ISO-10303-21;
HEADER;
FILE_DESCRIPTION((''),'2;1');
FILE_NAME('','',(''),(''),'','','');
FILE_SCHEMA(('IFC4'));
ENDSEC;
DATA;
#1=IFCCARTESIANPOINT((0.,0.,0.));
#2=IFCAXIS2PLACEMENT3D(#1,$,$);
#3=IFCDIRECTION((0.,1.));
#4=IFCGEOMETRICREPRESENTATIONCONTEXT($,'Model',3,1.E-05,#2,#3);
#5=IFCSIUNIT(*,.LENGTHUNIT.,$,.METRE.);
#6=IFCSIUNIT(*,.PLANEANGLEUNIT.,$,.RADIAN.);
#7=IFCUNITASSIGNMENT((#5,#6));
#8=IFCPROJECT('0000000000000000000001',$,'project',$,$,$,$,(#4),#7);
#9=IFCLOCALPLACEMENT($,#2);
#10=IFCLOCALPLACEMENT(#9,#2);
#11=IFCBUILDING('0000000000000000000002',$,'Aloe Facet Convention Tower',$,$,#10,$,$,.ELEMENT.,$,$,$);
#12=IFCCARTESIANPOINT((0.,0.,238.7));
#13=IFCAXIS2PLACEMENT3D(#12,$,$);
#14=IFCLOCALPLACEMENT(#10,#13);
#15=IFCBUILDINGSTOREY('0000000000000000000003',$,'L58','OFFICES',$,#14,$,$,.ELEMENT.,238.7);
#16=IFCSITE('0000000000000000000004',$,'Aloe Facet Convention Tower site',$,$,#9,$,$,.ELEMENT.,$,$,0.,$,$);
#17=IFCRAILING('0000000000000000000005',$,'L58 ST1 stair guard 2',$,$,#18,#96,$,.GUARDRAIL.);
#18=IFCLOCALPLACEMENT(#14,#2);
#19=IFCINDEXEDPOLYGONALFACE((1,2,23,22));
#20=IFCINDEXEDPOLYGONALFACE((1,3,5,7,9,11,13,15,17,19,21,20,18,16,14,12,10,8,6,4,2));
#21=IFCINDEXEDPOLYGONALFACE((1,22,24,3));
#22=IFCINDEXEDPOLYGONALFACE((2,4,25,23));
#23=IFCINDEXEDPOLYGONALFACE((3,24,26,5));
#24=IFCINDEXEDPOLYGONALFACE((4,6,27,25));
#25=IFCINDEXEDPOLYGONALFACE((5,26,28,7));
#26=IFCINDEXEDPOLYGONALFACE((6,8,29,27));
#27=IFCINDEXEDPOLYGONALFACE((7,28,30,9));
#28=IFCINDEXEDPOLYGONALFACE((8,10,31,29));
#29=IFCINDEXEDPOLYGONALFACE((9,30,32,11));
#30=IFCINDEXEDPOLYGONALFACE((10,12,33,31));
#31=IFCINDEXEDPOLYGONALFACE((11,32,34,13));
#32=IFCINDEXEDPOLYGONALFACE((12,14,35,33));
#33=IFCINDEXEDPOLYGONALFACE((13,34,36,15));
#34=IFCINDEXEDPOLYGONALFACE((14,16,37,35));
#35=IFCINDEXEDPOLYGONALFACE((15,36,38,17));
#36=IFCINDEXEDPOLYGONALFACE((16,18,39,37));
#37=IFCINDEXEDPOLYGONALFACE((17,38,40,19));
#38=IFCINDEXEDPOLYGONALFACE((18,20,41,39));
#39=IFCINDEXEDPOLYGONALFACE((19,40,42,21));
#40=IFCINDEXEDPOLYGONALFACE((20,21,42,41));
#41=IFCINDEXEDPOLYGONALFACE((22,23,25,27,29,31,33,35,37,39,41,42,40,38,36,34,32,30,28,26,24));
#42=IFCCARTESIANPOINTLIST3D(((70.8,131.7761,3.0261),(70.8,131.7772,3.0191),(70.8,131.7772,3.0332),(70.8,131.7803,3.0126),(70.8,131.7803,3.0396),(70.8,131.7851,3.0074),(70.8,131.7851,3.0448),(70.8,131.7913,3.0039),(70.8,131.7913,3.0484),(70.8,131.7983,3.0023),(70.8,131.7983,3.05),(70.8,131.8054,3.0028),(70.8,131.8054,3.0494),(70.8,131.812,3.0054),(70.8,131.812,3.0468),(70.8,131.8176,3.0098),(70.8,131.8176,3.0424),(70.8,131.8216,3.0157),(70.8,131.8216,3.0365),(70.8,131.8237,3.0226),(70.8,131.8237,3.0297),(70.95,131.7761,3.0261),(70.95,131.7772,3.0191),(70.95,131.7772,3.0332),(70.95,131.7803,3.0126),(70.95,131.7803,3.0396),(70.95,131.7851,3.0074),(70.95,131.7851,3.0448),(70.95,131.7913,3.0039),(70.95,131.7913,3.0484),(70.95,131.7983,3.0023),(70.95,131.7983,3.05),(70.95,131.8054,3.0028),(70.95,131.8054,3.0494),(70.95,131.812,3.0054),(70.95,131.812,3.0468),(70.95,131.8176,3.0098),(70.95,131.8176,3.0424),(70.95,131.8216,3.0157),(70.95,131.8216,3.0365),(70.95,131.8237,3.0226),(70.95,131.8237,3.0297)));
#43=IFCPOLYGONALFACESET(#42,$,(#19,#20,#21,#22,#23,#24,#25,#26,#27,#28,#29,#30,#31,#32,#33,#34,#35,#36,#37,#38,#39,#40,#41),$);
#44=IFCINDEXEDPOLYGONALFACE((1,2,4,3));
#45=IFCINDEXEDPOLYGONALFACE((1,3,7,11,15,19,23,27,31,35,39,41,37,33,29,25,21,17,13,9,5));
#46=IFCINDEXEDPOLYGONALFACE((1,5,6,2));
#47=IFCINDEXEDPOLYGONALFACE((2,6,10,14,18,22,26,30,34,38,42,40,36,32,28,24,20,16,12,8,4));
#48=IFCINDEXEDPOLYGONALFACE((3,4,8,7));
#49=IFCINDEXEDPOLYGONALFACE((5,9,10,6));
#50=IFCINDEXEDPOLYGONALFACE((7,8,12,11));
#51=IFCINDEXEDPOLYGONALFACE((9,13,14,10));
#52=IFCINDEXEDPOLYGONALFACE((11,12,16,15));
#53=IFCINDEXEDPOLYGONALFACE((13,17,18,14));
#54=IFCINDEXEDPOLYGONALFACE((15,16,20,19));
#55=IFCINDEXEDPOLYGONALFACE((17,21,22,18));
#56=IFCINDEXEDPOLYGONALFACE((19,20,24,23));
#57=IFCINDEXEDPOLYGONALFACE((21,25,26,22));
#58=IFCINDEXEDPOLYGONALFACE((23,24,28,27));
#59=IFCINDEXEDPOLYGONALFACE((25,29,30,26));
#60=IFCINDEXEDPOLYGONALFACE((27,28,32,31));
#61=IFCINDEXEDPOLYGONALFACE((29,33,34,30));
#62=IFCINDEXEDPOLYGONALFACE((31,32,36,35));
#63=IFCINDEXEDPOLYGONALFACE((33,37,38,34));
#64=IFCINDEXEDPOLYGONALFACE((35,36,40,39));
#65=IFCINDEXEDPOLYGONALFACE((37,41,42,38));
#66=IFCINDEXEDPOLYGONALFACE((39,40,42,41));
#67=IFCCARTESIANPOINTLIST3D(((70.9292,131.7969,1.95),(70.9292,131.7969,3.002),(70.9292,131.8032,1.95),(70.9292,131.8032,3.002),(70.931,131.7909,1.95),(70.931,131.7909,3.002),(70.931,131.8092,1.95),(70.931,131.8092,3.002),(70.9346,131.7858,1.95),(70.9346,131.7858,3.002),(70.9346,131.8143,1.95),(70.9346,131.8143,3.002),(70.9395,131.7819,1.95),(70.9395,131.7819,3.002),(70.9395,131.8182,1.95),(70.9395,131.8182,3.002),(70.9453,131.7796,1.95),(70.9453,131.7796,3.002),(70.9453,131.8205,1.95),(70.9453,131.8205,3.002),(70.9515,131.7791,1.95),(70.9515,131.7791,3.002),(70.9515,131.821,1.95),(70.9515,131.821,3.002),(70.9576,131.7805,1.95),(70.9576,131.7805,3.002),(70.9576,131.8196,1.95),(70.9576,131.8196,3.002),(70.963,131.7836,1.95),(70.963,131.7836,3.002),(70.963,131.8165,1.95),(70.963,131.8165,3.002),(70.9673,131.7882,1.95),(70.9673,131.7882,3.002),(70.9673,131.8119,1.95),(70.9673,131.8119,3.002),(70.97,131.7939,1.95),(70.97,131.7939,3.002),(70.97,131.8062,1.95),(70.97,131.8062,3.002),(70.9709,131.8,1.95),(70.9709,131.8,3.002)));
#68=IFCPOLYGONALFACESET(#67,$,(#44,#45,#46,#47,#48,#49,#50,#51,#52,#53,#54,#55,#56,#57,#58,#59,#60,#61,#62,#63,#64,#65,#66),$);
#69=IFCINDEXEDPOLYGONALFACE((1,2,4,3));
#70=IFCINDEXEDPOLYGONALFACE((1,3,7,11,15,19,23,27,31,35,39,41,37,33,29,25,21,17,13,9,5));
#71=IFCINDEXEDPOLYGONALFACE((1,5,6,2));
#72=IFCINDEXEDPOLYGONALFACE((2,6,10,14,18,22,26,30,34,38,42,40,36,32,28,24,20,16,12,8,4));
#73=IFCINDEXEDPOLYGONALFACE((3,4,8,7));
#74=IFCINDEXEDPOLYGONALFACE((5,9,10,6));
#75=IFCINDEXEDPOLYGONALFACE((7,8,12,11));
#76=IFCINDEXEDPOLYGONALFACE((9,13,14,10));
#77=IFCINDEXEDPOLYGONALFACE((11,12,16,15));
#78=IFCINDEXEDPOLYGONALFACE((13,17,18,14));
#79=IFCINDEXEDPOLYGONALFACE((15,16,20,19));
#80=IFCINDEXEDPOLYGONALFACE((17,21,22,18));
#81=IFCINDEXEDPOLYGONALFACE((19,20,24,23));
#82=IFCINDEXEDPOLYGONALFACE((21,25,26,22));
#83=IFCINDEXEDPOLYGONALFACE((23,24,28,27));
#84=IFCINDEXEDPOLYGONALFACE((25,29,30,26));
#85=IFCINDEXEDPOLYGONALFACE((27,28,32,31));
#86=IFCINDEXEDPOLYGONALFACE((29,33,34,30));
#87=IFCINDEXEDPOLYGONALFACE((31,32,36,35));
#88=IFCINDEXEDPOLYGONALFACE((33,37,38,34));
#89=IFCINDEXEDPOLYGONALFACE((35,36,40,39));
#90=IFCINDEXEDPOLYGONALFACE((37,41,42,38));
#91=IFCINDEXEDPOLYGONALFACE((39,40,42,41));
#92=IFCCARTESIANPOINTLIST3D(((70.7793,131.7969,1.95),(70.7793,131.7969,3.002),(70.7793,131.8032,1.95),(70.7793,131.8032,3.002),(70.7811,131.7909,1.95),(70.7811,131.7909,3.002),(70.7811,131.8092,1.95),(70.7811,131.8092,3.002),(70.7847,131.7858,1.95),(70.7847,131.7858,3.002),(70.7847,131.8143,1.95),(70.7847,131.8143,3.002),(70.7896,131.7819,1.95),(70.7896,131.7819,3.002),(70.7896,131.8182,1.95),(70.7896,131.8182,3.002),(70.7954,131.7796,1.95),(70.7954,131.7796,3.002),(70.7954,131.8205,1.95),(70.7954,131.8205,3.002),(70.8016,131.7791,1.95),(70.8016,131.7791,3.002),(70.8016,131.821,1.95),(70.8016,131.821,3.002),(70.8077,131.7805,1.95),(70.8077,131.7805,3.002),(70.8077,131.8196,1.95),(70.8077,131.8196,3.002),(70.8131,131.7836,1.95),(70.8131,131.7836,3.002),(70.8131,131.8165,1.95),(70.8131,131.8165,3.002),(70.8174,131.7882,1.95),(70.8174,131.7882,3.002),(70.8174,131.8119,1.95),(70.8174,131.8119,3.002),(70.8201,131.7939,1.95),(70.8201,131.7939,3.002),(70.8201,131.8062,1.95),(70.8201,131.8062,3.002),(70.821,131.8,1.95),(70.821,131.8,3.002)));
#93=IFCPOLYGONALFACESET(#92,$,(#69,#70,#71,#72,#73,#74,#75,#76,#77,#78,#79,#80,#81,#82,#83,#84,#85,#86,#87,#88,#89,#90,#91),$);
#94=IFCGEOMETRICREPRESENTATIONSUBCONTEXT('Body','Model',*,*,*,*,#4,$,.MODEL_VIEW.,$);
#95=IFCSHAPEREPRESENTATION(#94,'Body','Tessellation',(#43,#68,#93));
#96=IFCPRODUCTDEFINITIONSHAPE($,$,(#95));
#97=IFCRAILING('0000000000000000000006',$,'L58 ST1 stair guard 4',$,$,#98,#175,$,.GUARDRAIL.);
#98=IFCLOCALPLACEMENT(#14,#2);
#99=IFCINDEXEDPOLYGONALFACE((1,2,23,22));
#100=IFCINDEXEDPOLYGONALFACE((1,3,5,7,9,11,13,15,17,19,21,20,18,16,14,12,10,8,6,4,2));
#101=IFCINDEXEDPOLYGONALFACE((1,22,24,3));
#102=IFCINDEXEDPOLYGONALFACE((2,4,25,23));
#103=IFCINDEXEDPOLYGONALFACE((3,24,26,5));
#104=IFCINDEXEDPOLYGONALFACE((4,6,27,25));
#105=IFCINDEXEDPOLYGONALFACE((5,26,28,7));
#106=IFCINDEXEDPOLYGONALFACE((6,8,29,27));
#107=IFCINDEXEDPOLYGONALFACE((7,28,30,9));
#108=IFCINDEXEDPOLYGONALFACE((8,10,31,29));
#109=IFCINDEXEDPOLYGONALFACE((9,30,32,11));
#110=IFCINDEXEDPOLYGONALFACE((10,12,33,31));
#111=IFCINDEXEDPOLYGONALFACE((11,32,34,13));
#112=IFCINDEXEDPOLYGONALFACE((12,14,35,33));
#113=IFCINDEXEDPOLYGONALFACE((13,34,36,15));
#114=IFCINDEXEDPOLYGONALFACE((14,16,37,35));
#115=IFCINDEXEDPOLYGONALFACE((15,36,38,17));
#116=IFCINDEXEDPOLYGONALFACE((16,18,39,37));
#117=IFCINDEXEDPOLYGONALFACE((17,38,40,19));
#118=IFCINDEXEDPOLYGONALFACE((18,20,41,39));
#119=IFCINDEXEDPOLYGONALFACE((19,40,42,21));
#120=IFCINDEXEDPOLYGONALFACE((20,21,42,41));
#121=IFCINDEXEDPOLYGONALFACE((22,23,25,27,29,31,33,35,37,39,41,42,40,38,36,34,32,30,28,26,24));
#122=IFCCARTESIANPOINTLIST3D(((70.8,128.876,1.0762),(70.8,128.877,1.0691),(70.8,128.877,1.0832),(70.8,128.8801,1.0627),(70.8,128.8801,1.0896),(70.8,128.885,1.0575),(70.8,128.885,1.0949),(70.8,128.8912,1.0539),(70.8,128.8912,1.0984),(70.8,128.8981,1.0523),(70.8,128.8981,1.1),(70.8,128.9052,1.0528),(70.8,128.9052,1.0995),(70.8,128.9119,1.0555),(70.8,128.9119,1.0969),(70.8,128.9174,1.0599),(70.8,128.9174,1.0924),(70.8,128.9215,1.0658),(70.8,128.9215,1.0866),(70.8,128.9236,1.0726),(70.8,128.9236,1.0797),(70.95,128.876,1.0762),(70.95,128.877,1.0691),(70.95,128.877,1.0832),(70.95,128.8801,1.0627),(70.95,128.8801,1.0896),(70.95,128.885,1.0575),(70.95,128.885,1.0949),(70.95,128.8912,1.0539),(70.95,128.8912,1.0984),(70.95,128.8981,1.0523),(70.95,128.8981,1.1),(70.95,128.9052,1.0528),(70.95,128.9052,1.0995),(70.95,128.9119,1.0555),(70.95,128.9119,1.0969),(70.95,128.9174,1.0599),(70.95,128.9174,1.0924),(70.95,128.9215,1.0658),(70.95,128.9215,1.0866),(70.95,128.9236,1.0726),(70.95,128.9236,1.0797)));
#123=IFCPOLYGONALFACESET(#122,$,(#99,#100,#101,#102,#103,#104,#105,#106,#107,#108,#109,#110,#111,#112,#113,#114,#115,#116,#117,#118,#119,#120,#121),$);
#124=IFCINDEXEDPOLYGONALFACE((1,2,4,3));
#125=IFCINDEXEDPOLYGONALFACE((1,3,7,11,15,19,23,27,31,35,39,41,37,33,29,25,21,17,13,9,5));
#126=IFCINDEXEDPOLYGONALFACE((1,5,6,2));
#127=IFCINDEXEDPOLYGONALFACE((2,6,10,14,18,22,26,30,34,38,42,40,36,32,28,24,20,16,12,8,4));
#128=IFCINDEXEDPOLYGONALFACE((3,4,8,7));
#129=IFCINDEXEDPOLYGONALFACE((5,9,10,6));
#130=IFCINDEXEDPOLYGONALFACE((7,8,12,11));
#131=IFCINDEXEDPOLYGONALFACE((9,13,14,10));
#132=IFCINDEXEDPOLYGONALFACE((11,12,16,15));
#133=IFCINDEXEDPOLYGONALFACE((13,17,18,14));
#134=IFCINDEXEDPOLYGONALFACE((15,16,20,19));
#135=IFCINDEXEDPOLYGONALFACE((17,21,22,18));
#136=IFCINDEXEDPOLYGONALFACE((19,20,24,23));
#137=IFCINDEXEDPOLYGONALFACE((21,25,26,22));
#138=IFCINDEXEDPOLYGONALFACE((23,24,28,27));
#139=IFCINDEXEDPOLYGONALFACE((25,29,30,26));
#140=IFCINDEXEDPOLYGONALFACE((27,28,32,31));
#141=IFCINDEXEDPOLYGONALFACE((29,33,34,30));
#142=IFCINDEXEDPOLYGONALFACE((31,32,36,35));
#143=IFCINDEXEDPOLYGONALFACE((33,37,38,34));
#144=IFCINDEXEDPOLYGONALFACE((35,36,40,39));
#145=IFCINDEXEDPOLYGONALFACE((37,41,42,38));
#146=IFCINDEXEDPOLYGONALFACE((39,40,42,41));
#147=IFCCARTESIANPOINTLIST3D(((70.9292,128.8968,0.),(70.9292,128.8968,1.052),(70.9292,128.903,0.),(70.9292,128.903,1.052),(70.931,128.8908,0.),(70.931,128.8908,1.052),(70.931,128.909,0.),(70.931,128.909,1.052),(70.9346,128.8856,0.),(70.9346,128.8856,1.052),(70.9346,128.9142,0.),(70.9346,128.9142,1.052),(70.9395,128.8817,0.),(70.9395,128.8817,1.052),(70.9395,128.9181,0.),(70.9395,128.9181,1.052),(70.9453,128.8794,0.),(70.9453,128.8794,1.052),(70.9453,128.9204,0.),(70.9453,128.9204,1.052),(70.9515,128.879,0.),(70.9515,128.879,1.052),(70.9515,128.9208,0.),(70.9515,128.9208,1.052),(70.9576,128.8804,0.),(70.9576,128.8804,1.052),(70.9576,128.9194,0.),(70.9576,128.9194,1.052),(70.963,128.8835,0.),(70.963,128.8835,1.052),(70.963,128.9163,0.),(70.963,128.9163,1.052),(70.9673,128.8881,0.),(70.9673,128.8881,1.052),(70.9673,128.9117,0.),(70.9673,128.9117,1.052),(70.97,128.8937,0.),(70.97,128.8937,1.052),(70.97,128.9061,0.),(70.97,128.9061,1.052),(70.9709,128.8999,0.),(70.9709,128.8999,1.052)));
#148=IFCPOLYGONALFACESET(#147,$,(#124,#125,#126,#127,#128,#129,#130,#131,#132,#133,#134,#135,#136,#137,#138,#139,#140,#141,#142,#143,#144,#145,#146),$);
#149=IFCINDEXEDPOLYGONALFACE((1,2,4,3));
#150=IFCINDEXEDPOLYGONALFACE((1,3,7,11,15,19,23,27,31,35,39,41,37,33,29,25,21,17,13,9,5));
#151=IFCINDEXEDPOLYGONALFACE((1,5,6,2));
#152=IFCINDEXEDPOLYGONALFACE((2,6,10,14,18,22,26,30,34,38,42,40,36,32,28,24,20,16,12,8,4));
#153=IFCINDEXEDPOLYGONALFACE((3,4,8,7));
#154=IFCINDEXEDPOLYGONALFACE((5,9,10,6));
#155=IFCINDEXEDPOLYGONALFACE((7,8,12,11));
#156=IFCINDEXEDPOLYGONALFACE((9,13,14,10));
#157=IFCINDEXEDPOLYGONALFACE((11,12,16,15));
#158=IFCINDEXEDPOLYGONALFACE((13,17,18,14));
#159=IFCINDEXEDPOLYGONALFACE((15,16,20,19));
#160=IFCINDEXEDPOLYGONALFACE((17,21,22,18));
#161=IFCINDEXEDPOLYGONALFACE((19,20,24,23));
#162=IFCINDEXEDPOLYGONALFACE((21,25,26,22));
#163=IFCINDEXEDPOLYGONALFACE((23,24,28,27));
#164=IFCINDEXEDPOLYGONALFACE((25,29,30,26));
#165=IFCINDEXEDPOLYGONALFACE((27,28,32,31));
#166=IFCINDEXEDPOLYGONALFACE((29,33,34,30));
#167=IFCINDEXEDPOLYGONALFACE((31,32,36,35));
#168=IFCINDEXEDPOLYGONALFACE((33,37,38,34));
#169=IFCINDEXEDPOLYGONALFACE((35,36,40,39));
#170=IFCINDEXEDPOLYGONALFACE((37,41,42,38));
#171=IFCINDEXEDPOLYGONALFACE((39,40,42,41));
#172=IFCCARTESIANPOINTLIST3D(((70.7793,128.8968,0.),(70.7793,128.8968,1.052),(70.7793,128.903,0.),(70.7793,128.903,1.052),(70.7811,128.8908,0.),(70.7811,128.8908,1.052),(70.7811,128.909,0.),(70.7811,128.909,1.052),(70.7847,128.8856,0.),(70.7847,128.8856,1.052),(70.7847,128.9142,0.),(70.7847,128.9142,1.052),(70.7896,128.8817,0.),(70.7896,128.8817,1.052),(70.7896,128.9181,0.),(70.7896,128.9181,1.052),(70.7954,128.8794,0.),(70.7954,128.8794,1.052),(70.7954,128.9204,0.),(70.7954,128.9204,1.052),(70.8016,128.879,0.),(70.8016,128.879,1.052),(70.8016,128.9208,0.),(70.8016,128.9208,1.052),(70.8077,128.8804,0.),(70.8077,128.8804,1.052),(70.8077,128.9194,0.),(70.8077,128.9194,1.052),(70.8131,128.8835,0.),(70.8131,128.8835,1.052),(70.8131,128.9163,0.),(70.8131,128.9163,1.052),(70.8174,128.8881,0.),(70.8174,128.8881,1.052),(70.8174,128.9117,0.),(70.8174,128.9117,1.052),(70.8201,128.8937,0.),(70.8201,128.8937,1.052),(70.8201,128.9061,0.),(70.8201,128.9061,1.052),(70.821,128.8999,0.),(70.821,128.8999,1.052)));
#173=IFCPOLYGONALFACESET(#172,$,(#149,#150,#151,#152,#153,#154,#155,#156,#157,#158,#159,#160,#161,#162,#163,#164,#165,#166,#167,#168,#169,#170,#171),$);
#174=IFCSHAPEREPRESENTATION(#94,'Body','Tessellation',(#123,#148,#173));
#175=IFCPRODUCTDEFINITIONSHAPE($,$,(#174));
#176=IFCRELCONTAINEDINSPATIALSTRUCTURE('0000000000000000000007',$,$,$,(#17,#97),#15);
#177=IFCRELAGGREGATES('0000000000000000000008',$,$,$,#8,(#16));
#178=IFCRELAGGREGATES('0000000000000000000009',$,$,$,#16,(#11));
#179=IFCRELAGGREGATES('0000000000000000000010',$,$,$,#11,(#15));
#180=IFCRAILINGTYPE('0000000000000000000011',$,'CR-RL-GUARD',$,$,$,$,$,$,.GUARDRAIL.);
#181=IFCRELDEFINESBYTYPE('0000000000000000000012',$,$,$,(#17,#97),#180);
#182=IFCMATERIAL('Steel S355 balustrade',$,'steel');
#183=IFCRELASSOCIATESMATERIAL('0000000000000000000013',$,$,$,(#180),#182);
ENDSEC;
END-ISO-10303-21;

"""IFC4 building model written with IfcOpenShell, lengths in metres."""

from ifc_helpers import new_model, si_unit, direction, frame, origin, origin_2d, place, context, subcontext, project, spatial, circle, extrude, material, type_object, element, save


model = new_model("IFC4")

# Units and contexts
model_context = context("Model", 3, precision=1e-05, world=origin(), true_north=direction((0.0, 1.0)))
body_context = subcontext(model_context, "Body", "Model", "MODEL_VIEW")
ifc_project = project(units=[si_unit("LENGTHUNIT", "METRE"), si_unit("PLANEANGLEUNIT", "RADIAN")], contexts=[model_context])

# Site, building, storey
site_placement = place(None, origin())
site = spatial("IfcSite", under=ifc_project, at=site_placement, Name="Aloe Facet Convention Tower site", CompositionType="ELEMENT", RefElevation=0.0)
building_placement = place(site_placement, origin())
building = spatial("IfcBuilding", under=site, at=building_placement, Name="Aloe Facet Convention Tower", CompositionType="ELEMENT")
storey_placement = place(building_placement, frame((0.0, 0.0, 238.7)))
storey = spatial("IfcBuildingStorey", under=building, at=storey_placement, Name="L58", Description="OFFICES", CompositionType="ELEMENT", Elevation=238.7)

# Railings
ifc_material_1 = material(Name="Steel S355 balustrade", Category="steel")
railing_type_1 = type_object("IfcRailingType", Name="CR-RL-GUARD", PredefinedType="GUARDRAIL", material=ifc_material_1)
for number, where, name in (
    (1, (70.95, 131.8, 1.95), "L58 ST1 stair guard 2"),
    (2, (70.95, 128.8999, 0.0), "L58 ST1 stair guard 4"),
):
    element("IfcRailing", number, at=place(storey_placement, frame(where)), inside=storey, type_object=railing_type_1, Name=name, PredefinedType="GUARDRAIL", context=body_context, shape_type="SweptSolid", body=[
        extrude(circle(Radius=0.0239, at=origin_2d()), frame((0.0, 0.0, 1.0762), z_axis=(-1.0, 0.0, 0.0), x_axis=(0.0, -1.0, 0.0)), (0.0, 0.0, 1.0), 0.1499),
        extrude(circle(Radius=0.021, at=origin_2d()), origin(), (0.0, 0.0, 1.0), 1.052),
        extrude(circle(Radius=0.021, at=origin_2d()), frame((-0.1499, 0.0, 0.0)), (0.0, 0.0, 1.0), 1.052),
    ])

save(model, "model.ifc")
